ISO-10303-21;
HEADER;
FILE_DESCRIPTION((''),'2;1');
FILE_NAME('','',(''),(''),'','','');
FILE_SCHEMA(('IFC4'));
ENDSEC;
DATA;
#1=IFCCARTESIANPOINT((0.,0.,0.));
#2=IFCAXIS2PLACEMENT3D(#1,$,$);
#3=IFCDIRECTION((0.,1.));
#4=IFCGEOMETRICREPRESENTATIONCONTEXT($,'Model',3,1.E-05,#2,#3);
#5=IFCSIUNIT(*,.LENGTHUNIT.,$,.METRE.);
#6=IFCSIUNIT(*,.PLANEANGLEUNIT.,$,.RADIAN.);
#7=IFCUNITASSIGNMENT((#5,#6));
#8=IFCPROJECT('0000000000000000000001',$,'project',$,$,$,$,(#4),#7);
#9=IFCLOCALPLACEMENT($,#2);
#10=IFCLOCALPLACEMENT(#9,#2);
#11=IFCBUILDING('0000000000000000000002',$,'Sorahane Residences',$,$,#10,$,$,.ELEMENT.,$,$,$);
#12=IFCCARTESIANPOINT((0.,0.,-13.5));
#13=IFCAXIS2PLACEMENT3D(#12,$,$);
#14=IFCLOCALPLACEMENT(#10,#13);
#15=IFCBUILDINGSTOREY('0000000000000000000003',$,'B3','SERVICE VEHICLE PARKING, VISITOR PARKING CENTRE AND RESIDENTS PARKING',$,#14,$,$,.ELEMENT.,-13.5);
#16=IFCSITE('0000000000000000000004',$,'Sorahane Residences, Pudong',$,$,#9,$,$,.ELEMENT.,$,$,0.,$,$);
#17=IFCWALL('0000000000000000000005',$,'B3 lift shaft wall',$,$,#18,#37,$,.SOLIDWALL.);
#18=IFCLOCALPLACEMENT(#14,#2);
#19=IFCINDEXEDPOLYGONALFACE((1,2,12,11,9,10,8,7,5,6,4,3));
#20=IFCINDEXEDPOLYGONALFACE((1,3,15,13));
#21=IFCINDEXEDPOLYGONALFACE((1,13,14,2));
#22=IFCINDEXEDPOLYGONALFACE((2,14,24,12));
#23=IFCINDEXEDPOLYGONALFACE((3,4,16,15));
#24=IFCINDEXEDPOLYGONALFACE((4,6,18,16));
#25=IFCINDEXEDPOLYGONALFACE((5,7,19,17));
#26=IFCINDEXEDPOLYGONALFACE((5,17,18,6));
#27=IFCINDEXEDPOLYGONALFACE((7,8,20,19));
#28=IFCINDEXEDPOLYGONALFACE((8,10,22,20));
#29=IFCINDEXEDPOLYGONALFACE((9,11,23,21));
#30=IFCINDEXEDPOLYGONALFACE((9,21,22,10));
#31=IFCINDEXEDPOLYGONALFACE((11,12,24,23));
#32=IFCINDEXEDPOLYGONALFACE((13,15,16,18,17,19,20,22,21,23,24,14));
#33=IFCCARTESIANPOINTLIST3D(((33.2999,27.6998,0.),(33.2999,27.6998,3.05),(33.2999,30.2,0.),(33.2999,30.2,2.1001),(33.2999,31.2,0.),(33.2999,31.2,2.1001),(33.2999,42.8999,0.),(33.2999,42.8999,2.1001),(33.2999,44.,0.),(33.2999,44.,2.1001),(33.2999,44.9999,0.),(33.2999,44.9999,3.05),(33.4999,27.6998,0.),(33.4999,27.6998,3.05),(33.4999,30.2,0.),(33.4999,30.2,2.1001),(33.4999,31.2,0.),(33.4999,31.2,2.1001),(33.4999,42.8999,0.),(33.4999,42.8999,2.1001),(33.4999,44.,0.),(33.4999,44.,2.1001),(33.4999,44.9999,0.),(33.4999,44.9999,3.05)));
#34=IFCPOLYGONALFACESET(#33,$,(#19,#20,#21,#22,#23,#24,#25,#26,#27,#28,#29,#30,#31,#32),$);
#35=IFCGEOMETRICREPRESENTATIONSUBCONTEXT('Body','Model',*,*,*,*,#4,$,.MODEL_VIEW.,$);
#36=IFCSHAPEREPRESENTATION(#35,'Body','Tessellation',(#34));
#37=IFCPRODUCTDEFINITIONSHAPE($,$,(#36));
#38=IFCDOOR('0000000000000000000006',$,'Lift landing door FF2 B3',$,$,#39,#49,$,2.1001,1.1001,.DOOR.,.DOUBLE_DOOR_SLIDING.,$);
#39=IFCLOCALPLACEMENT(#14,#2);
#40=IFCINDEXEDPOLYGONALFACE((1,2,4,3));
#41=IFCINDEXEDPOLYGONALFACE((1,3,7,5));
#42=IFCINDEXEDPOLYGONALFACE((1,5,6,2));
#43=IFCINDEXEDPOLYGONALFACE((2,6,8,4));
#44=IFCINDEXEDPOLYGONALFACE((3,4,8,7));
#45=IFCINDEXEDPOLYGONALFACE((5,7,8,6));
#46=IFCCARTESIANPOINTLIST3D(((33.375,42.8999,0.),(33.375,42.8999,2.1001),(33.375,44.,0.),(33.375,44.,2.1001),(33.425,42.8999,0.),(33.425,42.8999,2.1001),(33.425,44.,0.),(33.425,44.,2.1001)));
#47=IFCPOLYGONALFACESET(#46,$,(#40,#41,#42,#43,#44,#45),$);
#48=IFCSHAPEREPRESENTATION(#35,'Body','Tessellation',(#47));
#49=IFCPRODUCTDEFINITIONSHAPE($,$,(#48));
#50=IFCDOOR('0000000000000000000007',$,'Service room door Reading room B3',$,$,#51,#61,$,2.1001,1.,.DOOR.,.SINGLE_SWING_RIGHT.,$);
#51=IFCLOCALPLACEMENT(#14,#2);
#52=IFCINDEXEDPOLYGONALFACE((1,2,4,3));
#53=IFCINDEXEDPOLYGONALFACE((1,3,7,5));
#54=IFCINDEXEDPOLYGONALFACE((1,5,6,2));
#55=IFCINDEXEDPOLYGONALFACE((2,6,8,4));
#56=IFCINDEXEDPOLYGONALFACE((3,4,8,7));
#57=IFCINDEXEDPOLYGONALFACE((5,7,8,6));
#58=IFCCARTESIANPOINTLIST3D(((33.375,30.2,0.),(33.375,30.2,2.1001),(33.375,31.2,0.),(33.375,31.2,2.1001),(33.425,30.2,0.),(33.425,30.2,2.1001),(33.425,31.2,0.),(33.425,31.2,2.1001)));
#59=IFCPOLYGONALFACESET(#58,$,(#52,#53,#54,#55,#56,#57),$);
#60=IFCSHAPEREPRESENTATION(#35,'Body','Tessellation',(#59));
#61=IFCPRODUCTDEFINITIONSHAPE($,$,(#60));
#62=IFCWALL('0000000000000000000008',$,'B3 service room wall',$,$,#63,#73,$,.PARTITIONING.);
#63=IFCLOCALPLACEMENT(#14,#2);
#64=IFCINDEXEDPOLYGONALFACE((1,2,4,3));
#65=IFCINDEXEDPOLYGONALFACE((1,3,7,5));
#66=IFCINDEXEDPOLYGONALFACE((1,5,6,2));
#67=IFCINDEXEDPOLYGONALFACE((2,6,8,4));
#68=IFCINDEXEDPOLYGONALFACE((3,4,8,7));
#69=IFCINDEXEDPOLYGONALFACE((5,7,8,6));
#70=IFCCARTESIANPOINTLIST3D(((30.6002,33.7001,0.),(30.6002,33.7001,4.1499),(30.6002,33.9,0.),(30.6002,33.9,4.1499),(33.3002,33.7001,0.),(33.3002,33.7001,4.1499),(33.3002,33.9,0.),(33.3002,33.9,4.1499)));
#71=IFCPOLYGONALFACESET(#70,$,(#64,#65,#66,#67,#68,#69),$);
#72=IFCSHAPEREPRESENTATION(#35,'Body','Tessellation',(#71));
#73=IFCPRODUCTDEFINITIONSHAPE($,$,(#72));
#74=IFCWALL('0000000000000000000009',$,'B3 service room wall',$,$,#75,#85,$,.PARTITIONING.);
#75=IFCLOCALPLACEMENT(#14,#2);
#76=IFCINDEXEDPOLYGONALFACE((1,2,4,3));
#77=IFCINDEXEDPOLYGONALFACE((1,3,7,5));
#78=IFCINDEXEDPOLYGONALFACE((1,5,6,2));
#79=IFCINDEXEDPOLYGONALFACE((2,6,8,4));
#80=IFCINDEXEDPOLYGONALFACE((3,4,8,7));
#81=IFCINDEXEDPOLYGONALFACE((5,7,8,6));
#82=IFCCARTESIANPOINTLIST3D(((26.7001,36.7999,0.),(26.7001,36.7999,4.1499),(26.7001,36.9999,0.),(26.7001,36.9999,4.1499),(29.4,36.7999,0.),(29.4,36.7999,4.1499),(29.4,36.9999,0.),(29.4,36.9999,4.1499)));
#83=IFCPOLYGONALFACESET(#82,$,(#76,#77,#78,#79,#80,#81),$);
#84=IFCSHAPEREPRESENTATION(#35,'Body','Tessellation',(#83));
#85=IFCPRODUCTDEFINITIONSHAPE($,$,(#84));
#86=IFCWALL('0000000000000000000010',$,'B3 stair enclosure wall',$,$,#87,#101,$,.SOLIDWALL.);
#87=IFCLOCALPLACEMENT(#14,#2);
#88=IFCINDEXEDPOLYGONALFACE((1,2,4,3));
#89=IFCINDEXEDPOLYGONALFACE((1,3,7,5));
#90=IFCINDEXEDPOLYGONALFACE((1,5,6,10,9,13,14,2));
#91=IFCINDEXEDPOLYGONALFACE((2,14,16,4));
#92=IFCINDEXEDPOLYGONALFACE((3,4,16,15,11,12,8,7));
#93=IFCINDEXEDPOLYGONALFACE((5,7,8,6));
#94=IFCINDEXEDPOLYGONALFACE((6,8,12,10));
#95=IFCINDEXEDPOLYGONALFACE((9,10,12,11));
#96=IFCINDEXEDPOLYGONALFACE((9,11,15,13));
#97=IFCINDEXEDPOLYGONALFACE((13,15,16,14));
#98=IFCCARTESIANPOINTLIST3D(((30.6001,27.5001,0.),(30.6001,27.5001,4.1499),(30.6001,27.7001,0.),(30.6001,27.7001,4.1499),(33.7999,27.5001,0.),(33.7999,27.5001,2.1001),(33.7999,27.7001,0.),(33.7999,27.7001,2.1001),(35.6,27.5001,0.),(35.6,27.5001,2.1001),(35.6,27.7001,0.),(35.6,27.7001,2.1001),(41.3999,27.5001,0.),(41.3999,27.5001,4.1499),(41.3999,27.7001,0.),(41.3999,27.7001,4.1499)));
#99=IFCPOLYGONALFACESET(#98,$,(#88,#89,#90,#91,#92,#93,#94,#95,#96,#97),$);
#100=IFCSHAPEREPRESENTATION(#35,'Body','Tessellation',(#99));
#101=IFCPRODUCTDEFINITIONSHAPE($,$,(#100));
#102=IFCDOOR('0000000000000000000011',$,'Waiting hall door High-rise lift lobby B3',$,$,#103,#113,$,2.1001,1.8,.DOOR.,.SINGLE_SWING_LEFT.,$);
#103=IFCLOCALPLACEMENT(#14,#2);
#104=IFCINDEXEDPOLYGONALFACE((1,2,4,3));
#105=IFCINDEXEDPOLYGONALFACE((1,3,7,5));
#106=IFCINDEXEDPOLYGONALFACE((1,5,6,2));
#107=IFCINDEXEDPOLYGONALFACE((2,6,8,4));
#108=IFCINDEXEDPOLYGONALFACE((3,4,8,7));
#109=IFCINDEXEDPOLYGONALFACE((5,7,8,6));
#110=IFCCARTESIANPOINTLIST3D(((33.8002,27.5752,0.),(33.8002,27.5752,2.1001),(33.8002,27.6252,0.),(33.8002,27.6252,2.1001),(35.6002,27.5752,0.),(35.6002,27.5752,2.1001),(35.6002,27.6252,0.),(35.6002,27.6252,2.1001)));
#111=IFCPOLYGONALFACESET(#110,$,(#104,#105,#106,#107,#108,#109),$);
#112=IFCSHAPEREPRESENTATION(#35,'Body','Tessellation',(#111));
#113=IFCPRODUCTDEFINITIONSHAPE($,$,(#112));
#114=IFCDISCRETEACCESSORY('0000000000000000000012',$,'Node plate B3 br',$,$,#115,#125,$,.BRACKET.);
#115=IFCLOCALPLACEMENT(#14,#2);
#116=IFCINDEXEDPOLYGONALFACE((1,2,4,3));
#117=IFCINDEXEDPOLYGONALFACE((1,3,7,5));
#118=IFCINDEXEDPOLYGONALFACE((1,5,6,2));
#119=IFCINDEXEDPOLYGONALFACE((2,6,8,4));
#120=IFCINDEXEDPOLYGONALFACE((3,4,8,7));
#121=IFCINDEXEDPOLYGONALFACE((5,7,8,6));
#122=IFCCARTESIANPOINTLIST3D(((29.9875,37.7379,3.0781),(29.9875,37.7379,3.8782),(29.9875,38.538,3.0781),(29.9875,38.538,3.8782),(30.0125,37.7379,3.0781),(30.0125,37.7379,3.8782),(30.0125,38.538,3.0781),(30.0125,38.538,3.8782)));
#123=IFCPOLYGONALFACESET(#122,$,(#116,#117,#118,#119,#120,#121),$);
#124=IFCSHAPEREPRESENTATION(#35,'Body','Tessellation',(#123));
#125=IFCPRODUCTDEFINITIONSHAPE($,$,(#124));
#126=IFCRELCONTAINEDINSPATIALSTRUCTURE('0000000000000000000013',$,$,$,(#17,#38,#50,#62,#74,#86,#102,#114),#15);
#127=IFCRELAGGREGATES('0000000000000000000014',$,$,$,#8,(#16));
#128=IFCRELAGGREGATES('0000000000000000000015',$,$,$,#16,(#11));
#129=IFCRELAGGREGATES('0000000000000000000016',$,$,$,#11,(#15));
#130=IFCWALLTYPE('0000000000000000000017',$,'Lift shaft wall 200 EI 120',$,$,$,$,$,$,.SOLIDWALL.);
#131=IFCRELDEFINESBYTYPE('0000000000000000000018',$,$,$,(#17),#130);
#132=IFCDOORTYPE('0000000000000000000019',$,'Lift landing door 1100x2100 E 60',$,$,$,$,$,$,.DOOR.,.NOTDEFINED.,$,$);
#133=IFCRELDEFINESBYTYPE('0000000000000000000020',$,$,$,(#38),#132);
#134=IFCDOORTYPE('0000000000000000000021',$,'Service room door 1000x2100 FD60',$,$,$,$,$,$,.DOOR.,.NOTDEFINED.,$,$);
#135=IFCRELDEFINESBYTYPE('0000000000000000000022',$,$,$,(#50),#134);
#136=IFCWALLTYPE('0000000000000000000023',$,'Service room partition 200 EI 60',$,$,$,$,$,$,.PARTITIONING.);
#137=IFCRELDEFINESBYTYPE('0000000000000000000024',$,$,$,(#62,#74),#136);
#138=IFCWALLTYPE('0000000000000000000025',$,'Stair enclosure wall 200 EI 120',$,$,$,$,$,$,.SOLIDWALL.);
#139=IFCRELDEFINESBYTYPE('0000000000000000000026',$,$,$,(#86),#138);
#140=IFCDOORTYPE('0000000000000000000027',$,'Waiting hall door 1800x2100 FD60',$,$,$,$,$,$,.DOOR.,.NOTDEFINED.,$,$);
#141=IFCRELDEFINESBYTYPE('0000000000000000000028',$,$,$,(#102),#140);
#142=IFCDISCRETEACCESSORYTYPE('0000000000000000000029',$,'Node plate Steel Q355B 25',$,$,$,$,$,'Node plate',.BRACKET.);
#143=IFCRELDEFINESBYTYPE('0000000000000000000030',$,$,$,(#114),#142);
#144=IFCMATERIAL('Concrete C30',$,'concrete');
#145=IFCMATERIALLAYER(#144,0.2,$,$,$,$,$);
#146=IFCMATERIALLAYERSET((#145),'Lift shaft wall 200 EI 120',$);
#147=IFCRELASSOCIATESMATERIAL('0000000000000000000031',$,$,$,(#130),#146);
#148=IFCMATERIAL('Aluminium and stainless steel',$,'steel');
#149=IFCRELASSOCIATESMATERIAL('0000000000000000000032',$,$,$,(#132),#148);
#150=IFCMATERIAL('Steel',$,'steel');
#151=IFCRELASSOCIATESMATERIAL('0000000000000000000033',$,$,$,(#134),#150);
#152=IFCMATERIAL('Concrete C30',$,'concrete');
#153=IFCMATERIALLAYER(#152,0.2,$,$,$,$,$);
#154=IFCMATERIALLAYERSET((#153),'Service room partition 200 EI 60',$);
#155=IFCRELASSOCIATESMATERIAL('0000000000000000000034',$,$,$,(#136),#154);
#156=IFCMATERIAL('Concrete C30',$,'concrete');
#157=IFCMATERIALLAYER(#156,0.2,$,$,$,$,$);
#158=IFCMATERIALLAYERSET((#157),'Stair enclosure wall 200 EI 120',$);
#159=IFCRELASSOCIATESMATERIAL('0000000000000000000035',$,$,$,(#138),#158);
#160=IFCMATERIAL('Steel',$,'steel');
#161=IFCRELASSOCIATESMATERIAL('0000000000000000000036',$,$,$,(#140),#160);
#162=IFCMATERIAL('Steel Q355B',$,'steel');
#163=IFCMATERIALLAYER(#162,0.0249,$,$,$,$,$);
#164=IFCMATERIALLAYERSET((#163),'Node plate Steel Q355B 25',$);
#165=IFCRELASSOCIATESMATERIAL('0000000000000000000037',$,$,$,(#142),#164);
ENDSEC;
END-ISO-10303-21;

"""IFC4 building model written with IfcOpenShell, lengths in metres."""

from ifc_helpers import new_model, si_unit, direction, frame, frame_2d, origin, origin_2d, place, context, subcontext, project, spatial, rectangle, extrude, material, layer, layer_set, type_object, element, fill, save


model = new_model("IFC4")

# Units and contexts
model_context = context("Model", 3, precision=1e-05, world=origin(), true_north=direction((0.0, 1.0)))
body_context = subcontext(model_context, "Body", "Model", "MODEL_VIEW")
ifc_project = project(units=[si_unit("LENGTHUNIT", "METRE"), si_unit("PLANEANGLEUNIT", "RADIAN")], contexts=[model_context])

# Site, building, storey
site_placement = place(None, origin())
site = spatial("IfcSite", under=ifc_project, at=site_placement, Name="Sorahane Residences, Pudong", CompositionType="ELEMENT", RefElevation=0.0)
building_placement = place(site_placement, origin())
building = spatial("IfcBuilding", under=site, at=building_placement, Name="Sorahane Residences", CompositionType="ELEMENT")
storey_placement = place(building_placement, frame((0.0, 0.0, -13.5)))
storey = spatial("IfcBuildingStorey", under=building, at=storey_placement, Name="B3", Description="SERVICE VEHICLE PARKING, VISITOR PARKING CENTRE AND RESIDENTS PARKING", CompositionType="ELEMENT", Elevation=-13.5)

# Wall, openings, doors
ifc_material_1 = material(Name="Concrete C30", Category="concrete")
ifc_layer_1 = layer(ifc_material_1, 0.2)
ifc_layer_set_1 = layer_set([ifc_layer_1], Name="Lift shaft wall 200 EI 120")
wall_type_1 = type_object("IfcWallType", Name="Lift shaft wall 200 EI 120", PredefinedType="SOLIDWALL", material=ifc_layer_set_1)
wall_1_placement = place(storey_placement, frame((33.3999, 27.7, 0.0), z_axis=(0.0, 0.0, 1.0), x_axis=(0.0, 1.0, 0.0)))
wall_1 = element("IfcWall", 1, at=wall_1_placement, inside=storey, type_object=wall_type_1, Name="B3 lift shaft wall", PredefinedType="SOLIDWALL", context=body_context, shape_type="SweptSolid", body=[
    extrude(rectangle(XDim=17.3, YDim=0.2, at=frame_2d((8.6499, 0.0))), origin(), (0.0, 0.0, 1.0), 3.05),
])
opening_1_placement = place(wall_1_placement, frame((15.2, 0.0, 0.0)))
opening_1 = element("IfcOpeningElement", 2, at=opening_1_placement, cuts=wall_1, PredefinedType="OPENING", context=body_context, shape_type="SweptSolid", body=[
    extrude(rectangle(XDim=1.1001, YDim=2.1001, at=frame_2d((0.55, 1.05))), frame((0.0, 0.1099, 0.0), z_axis=(0.0, -1.0, 0.0), x_axis=(1.0, 0.0, 0.0)), (0.0, 0.0, 1.0), 0.22),
])
opening_2_placement = place(wall_1_placement, frame((2.5, 0.0, 0.0)))
opening_2 = element("IfcOpeningElement", 3, at=opening_2_placement, cuts=wall_1, PredefinedType="OPENING", context=body_context, shape_type="SweptSolid", body=[
    extrude(rectangle(XDim=1.0, YDim=2.1001, at=frame_2d((0.5, 1.05))), frame((0.0, 0.1099, 0.0), z_axis=(0.0, -1.0, 0.0), x_axis=(1.0, 0.0, 0.0)), (0.0, 0.0, 1.0), 0.22),
])
ifc_material_2 = material(Name="Aluminium and stainless steel", Category="steel")
door_type_1 = type_object("IfcDoorType", Name="Lift landing door 1100x2100 E 60", OperationType="NOTDEFINED", PredefinedType="DOOR", material=ifc_material_2)
door_1_placement = place(opening_1_placement, origin())
door_1 = element("IfcDoor", 4, at=door_1_placement, inside=storey, type_object=door_type_1, Name="Lift landing door FF2 B3", OperationType="DOUBLE_DOOR_SLIDING", OverallHeight=2.1001, OverallWidth=1.1001, PredefinedType="DOOR", context=body_context, shape_type="SweptSolid", body=[
    extrude(rectangle(XDim=1.1001, YDim=2.1001, at=frame_2d((0.55, 1.05))), frame((0.0, 0.0249, 0.0), z_axis=(0.0, -1.0, 0.0), x_axis=(1.0, 0.0, 0.0)), (0.0, 0.0, 1.0), 0.05),
])
fill(opening_1, door_1)
ifc_material_3 = material(Name="Steel", Category="steel")
door_type_2 = type_object("IfcDoorType", Name="Service room door 1000x2100 FD60", OperationType="NOTDEFINED", PredefinedType="DOOR", material=ifc_material_3)
door_2_placement = place(opening_2_placement, origin())
door_2 = element("IfcDoor", 5, at=door_2_placement, inside=storey, type_object=door_type_2, Name="Service room door Reading room B3", OperationType="SINGLE_SWING_RIGHT", OverallHeight=2.1001, OverallWidth=1.0, PredefinedType="DOOR", context=body_context, shape_type="SweptSolid", body=[
    extrude(rectangle(XDim=1.0, YDim=2.1001, at=frame_2d((0.5, 1.05))), frame((0.0, 0.0249, 0.0), z_axis=(0.0, -1.0, 0.0), x_axis=(1.0, 0.0, 0.0)), (0.0, 0.0, 1.0), 0.05),
])
fill(opening_2, door_2)

# Walls
ifc_material_4 = material(Name="Concrete C30", Category="concrete")
ifc_layer_2 = layer(ifc_material_4, 0.2)
ifc_layer_set_2 = layer_set([ifc_layer_2], Name="Service room partition 200 EI 60")
wall_type_2 = type_object("IfcWallType", Name="Service room partition 200 EI 60", PredefinedType="PARTITIONING", material=ifc_layer_set_2)
for number, where, z_axis, x_axis, name in (
    (6, (30.6001, 33.8, 0.0), (0.0, 0.0, 1.0), (1.0, 0.0, 0.0), "B3 service room wall"),
    (7, (26.7, 36.8999, 0.0), (0.0, 0.0, 1.0), (1.0, 0.0, 0.0), "B3 service room wall"),
):
    element("IfcWall", number, at=place(storey_placement, frame(where, z_axis=z_axis, x_axis=x_axis)), inside=storey, type_object=wall_type_2, Name=name, PredefinedType="PARTITIONING", context=body_context, shape_type="SweptSolid", body=[
        extrude(rectangle(XDim=2.7, YDim=0.2, at=frame_2d((1.3501, 0.0))), origin(), (0.0, 0.0, 1.0), 4.1499),
    ])

# Wall, opening, door
ifc_material_5 = material(Name="Concrete C30", Category="concrete")
ifc_layer_3 = layer(ifc_material_5, 0.2)
ifc_layer_set_3 = layer_set([ifc_layer_3], Name="Stair enclosure wall 200 EI 120")
wall_type_3 = type_object("IfcWallType", Name="Stair enclosure wall 200 EI 120", PredefinedType="SOLIDWALL", material=ifc_layer_set_3)
wall_2_placement = place(storey_placement, frame((30.6001, 27.6001, 0.0), z_axis=(0.0, 0.0, 1.0), x_axis=(1.0, 0.0, 0.0)))
wall_2 = element("IfcWall", 8, at=wall_2_placement, inside=storey, type_object=wall_type_3, Name="B3 stair enclosure wall", PredefinedType="SOLIDWALL", context=body_context, shape_type="SweptSolid", body=[
    extrude(rectangle(XDim=10.7998, YDim=0.2, at=frame_2d((5.3999, 0.0))), origin(), (0.0, 0.0, 1.0), 4.1499),
])
opening_3_placement = place(wall_2_placement, frame((3.2, 0.0, 0.0)))
opening_3 = element("IfcOpeningElement", 9, at=opening_3_placement, cuts=wall_2, PredefinedType="OPENING", context=body_context, shape_type="SweptSolid", body=[
    extrude(rectangle(XDim=1.8, YDim=2.1001, at=frame_2d((0.8999, 1.05))), frame((0.0, 0.1099, 0.0), z_axis=(0.0, -1.0, 0.0), x_axis=(1.0, 0.0, 0.0)), (0.0, 0.0, 1.0), 0.22),
])
ifc_material_6 = material(Name="Steel", Category="steel")
door_type_3 = type_object("IfcDoorType", Name="Waiting hall door 1800x2100 FD60", OperationType="NOTDEFINED", PredefinedType="DOOR", material=ifc_material_6)
door_3_placement = place(opening_3_placement, frame((1.8, 0.0, 0.0), z_axis=(0.0, 0.0, 1.0), x_axis=(-1.0, 0.0, 0.0)))
door_3 = element("IfcDoor", 10, at=door_3_placement, inside=storey, type_object=door_type_3, Name="Waiting hall door High-rise lift lobby B3", OperationType="SINGLE_SWING_LEFT", OverallHeight=2.1001, OverallWidth=1.8, PredefinedType="DOOR", context=body_context, shape_type="SweptSolid", body=[
    extrude(rectangle(XDim=1.8, YDim=2.1001, at=frame_2d((0.8999, 1.05))), frame((0.0, 0.0249, 0.0), z_axis=(0.0, -1.0, 0.0), x_axis=(1.0, 0.0, 0.0)), (0.0, 0.0, 1.0), 0.05),
])
fill(opening_3, door_3)

# Discrete accessory
ifc_material_7 = material(Name="Steel Q355B", Category="steel")
ifc_layer_4 = layer(ifc_material_7, 0.0249)
ifc_layer_set_4 = layer_set([ifc_layer_4], Name="Node plate Steel Q355B 25")
discrete_accessory_type = type_object("IfcDiscreteAccessoryType", Name="Node plate Steel Q355B 25", ElementType="Node plate", PredefinedType="BRACKET", material=ifc_layer_set_4)
discrete_accessory_placement = place(storey_placement, frame((30.0, 38.1379, 3.0781), z_axis=(0.0, 0.0, 1.0), x_axis=(0.0, 1.0, 0.0)))
element("IfcDiscreteAccessory", 11, at=discrete_accessory_placement, inside=storey, type_object=discrete_accessory_type, Name="Node plate B3 br", PredefinedType="BRACKET", context=body_context, shape_type="SweptSolid", body=[
    extrude(rectangle(XDim=0.8, YDim=0.0249, at=origin_2d()), origin(), (0.0, 0.0, 1.0), 0.8),
])

save(model, "model.ifc")
